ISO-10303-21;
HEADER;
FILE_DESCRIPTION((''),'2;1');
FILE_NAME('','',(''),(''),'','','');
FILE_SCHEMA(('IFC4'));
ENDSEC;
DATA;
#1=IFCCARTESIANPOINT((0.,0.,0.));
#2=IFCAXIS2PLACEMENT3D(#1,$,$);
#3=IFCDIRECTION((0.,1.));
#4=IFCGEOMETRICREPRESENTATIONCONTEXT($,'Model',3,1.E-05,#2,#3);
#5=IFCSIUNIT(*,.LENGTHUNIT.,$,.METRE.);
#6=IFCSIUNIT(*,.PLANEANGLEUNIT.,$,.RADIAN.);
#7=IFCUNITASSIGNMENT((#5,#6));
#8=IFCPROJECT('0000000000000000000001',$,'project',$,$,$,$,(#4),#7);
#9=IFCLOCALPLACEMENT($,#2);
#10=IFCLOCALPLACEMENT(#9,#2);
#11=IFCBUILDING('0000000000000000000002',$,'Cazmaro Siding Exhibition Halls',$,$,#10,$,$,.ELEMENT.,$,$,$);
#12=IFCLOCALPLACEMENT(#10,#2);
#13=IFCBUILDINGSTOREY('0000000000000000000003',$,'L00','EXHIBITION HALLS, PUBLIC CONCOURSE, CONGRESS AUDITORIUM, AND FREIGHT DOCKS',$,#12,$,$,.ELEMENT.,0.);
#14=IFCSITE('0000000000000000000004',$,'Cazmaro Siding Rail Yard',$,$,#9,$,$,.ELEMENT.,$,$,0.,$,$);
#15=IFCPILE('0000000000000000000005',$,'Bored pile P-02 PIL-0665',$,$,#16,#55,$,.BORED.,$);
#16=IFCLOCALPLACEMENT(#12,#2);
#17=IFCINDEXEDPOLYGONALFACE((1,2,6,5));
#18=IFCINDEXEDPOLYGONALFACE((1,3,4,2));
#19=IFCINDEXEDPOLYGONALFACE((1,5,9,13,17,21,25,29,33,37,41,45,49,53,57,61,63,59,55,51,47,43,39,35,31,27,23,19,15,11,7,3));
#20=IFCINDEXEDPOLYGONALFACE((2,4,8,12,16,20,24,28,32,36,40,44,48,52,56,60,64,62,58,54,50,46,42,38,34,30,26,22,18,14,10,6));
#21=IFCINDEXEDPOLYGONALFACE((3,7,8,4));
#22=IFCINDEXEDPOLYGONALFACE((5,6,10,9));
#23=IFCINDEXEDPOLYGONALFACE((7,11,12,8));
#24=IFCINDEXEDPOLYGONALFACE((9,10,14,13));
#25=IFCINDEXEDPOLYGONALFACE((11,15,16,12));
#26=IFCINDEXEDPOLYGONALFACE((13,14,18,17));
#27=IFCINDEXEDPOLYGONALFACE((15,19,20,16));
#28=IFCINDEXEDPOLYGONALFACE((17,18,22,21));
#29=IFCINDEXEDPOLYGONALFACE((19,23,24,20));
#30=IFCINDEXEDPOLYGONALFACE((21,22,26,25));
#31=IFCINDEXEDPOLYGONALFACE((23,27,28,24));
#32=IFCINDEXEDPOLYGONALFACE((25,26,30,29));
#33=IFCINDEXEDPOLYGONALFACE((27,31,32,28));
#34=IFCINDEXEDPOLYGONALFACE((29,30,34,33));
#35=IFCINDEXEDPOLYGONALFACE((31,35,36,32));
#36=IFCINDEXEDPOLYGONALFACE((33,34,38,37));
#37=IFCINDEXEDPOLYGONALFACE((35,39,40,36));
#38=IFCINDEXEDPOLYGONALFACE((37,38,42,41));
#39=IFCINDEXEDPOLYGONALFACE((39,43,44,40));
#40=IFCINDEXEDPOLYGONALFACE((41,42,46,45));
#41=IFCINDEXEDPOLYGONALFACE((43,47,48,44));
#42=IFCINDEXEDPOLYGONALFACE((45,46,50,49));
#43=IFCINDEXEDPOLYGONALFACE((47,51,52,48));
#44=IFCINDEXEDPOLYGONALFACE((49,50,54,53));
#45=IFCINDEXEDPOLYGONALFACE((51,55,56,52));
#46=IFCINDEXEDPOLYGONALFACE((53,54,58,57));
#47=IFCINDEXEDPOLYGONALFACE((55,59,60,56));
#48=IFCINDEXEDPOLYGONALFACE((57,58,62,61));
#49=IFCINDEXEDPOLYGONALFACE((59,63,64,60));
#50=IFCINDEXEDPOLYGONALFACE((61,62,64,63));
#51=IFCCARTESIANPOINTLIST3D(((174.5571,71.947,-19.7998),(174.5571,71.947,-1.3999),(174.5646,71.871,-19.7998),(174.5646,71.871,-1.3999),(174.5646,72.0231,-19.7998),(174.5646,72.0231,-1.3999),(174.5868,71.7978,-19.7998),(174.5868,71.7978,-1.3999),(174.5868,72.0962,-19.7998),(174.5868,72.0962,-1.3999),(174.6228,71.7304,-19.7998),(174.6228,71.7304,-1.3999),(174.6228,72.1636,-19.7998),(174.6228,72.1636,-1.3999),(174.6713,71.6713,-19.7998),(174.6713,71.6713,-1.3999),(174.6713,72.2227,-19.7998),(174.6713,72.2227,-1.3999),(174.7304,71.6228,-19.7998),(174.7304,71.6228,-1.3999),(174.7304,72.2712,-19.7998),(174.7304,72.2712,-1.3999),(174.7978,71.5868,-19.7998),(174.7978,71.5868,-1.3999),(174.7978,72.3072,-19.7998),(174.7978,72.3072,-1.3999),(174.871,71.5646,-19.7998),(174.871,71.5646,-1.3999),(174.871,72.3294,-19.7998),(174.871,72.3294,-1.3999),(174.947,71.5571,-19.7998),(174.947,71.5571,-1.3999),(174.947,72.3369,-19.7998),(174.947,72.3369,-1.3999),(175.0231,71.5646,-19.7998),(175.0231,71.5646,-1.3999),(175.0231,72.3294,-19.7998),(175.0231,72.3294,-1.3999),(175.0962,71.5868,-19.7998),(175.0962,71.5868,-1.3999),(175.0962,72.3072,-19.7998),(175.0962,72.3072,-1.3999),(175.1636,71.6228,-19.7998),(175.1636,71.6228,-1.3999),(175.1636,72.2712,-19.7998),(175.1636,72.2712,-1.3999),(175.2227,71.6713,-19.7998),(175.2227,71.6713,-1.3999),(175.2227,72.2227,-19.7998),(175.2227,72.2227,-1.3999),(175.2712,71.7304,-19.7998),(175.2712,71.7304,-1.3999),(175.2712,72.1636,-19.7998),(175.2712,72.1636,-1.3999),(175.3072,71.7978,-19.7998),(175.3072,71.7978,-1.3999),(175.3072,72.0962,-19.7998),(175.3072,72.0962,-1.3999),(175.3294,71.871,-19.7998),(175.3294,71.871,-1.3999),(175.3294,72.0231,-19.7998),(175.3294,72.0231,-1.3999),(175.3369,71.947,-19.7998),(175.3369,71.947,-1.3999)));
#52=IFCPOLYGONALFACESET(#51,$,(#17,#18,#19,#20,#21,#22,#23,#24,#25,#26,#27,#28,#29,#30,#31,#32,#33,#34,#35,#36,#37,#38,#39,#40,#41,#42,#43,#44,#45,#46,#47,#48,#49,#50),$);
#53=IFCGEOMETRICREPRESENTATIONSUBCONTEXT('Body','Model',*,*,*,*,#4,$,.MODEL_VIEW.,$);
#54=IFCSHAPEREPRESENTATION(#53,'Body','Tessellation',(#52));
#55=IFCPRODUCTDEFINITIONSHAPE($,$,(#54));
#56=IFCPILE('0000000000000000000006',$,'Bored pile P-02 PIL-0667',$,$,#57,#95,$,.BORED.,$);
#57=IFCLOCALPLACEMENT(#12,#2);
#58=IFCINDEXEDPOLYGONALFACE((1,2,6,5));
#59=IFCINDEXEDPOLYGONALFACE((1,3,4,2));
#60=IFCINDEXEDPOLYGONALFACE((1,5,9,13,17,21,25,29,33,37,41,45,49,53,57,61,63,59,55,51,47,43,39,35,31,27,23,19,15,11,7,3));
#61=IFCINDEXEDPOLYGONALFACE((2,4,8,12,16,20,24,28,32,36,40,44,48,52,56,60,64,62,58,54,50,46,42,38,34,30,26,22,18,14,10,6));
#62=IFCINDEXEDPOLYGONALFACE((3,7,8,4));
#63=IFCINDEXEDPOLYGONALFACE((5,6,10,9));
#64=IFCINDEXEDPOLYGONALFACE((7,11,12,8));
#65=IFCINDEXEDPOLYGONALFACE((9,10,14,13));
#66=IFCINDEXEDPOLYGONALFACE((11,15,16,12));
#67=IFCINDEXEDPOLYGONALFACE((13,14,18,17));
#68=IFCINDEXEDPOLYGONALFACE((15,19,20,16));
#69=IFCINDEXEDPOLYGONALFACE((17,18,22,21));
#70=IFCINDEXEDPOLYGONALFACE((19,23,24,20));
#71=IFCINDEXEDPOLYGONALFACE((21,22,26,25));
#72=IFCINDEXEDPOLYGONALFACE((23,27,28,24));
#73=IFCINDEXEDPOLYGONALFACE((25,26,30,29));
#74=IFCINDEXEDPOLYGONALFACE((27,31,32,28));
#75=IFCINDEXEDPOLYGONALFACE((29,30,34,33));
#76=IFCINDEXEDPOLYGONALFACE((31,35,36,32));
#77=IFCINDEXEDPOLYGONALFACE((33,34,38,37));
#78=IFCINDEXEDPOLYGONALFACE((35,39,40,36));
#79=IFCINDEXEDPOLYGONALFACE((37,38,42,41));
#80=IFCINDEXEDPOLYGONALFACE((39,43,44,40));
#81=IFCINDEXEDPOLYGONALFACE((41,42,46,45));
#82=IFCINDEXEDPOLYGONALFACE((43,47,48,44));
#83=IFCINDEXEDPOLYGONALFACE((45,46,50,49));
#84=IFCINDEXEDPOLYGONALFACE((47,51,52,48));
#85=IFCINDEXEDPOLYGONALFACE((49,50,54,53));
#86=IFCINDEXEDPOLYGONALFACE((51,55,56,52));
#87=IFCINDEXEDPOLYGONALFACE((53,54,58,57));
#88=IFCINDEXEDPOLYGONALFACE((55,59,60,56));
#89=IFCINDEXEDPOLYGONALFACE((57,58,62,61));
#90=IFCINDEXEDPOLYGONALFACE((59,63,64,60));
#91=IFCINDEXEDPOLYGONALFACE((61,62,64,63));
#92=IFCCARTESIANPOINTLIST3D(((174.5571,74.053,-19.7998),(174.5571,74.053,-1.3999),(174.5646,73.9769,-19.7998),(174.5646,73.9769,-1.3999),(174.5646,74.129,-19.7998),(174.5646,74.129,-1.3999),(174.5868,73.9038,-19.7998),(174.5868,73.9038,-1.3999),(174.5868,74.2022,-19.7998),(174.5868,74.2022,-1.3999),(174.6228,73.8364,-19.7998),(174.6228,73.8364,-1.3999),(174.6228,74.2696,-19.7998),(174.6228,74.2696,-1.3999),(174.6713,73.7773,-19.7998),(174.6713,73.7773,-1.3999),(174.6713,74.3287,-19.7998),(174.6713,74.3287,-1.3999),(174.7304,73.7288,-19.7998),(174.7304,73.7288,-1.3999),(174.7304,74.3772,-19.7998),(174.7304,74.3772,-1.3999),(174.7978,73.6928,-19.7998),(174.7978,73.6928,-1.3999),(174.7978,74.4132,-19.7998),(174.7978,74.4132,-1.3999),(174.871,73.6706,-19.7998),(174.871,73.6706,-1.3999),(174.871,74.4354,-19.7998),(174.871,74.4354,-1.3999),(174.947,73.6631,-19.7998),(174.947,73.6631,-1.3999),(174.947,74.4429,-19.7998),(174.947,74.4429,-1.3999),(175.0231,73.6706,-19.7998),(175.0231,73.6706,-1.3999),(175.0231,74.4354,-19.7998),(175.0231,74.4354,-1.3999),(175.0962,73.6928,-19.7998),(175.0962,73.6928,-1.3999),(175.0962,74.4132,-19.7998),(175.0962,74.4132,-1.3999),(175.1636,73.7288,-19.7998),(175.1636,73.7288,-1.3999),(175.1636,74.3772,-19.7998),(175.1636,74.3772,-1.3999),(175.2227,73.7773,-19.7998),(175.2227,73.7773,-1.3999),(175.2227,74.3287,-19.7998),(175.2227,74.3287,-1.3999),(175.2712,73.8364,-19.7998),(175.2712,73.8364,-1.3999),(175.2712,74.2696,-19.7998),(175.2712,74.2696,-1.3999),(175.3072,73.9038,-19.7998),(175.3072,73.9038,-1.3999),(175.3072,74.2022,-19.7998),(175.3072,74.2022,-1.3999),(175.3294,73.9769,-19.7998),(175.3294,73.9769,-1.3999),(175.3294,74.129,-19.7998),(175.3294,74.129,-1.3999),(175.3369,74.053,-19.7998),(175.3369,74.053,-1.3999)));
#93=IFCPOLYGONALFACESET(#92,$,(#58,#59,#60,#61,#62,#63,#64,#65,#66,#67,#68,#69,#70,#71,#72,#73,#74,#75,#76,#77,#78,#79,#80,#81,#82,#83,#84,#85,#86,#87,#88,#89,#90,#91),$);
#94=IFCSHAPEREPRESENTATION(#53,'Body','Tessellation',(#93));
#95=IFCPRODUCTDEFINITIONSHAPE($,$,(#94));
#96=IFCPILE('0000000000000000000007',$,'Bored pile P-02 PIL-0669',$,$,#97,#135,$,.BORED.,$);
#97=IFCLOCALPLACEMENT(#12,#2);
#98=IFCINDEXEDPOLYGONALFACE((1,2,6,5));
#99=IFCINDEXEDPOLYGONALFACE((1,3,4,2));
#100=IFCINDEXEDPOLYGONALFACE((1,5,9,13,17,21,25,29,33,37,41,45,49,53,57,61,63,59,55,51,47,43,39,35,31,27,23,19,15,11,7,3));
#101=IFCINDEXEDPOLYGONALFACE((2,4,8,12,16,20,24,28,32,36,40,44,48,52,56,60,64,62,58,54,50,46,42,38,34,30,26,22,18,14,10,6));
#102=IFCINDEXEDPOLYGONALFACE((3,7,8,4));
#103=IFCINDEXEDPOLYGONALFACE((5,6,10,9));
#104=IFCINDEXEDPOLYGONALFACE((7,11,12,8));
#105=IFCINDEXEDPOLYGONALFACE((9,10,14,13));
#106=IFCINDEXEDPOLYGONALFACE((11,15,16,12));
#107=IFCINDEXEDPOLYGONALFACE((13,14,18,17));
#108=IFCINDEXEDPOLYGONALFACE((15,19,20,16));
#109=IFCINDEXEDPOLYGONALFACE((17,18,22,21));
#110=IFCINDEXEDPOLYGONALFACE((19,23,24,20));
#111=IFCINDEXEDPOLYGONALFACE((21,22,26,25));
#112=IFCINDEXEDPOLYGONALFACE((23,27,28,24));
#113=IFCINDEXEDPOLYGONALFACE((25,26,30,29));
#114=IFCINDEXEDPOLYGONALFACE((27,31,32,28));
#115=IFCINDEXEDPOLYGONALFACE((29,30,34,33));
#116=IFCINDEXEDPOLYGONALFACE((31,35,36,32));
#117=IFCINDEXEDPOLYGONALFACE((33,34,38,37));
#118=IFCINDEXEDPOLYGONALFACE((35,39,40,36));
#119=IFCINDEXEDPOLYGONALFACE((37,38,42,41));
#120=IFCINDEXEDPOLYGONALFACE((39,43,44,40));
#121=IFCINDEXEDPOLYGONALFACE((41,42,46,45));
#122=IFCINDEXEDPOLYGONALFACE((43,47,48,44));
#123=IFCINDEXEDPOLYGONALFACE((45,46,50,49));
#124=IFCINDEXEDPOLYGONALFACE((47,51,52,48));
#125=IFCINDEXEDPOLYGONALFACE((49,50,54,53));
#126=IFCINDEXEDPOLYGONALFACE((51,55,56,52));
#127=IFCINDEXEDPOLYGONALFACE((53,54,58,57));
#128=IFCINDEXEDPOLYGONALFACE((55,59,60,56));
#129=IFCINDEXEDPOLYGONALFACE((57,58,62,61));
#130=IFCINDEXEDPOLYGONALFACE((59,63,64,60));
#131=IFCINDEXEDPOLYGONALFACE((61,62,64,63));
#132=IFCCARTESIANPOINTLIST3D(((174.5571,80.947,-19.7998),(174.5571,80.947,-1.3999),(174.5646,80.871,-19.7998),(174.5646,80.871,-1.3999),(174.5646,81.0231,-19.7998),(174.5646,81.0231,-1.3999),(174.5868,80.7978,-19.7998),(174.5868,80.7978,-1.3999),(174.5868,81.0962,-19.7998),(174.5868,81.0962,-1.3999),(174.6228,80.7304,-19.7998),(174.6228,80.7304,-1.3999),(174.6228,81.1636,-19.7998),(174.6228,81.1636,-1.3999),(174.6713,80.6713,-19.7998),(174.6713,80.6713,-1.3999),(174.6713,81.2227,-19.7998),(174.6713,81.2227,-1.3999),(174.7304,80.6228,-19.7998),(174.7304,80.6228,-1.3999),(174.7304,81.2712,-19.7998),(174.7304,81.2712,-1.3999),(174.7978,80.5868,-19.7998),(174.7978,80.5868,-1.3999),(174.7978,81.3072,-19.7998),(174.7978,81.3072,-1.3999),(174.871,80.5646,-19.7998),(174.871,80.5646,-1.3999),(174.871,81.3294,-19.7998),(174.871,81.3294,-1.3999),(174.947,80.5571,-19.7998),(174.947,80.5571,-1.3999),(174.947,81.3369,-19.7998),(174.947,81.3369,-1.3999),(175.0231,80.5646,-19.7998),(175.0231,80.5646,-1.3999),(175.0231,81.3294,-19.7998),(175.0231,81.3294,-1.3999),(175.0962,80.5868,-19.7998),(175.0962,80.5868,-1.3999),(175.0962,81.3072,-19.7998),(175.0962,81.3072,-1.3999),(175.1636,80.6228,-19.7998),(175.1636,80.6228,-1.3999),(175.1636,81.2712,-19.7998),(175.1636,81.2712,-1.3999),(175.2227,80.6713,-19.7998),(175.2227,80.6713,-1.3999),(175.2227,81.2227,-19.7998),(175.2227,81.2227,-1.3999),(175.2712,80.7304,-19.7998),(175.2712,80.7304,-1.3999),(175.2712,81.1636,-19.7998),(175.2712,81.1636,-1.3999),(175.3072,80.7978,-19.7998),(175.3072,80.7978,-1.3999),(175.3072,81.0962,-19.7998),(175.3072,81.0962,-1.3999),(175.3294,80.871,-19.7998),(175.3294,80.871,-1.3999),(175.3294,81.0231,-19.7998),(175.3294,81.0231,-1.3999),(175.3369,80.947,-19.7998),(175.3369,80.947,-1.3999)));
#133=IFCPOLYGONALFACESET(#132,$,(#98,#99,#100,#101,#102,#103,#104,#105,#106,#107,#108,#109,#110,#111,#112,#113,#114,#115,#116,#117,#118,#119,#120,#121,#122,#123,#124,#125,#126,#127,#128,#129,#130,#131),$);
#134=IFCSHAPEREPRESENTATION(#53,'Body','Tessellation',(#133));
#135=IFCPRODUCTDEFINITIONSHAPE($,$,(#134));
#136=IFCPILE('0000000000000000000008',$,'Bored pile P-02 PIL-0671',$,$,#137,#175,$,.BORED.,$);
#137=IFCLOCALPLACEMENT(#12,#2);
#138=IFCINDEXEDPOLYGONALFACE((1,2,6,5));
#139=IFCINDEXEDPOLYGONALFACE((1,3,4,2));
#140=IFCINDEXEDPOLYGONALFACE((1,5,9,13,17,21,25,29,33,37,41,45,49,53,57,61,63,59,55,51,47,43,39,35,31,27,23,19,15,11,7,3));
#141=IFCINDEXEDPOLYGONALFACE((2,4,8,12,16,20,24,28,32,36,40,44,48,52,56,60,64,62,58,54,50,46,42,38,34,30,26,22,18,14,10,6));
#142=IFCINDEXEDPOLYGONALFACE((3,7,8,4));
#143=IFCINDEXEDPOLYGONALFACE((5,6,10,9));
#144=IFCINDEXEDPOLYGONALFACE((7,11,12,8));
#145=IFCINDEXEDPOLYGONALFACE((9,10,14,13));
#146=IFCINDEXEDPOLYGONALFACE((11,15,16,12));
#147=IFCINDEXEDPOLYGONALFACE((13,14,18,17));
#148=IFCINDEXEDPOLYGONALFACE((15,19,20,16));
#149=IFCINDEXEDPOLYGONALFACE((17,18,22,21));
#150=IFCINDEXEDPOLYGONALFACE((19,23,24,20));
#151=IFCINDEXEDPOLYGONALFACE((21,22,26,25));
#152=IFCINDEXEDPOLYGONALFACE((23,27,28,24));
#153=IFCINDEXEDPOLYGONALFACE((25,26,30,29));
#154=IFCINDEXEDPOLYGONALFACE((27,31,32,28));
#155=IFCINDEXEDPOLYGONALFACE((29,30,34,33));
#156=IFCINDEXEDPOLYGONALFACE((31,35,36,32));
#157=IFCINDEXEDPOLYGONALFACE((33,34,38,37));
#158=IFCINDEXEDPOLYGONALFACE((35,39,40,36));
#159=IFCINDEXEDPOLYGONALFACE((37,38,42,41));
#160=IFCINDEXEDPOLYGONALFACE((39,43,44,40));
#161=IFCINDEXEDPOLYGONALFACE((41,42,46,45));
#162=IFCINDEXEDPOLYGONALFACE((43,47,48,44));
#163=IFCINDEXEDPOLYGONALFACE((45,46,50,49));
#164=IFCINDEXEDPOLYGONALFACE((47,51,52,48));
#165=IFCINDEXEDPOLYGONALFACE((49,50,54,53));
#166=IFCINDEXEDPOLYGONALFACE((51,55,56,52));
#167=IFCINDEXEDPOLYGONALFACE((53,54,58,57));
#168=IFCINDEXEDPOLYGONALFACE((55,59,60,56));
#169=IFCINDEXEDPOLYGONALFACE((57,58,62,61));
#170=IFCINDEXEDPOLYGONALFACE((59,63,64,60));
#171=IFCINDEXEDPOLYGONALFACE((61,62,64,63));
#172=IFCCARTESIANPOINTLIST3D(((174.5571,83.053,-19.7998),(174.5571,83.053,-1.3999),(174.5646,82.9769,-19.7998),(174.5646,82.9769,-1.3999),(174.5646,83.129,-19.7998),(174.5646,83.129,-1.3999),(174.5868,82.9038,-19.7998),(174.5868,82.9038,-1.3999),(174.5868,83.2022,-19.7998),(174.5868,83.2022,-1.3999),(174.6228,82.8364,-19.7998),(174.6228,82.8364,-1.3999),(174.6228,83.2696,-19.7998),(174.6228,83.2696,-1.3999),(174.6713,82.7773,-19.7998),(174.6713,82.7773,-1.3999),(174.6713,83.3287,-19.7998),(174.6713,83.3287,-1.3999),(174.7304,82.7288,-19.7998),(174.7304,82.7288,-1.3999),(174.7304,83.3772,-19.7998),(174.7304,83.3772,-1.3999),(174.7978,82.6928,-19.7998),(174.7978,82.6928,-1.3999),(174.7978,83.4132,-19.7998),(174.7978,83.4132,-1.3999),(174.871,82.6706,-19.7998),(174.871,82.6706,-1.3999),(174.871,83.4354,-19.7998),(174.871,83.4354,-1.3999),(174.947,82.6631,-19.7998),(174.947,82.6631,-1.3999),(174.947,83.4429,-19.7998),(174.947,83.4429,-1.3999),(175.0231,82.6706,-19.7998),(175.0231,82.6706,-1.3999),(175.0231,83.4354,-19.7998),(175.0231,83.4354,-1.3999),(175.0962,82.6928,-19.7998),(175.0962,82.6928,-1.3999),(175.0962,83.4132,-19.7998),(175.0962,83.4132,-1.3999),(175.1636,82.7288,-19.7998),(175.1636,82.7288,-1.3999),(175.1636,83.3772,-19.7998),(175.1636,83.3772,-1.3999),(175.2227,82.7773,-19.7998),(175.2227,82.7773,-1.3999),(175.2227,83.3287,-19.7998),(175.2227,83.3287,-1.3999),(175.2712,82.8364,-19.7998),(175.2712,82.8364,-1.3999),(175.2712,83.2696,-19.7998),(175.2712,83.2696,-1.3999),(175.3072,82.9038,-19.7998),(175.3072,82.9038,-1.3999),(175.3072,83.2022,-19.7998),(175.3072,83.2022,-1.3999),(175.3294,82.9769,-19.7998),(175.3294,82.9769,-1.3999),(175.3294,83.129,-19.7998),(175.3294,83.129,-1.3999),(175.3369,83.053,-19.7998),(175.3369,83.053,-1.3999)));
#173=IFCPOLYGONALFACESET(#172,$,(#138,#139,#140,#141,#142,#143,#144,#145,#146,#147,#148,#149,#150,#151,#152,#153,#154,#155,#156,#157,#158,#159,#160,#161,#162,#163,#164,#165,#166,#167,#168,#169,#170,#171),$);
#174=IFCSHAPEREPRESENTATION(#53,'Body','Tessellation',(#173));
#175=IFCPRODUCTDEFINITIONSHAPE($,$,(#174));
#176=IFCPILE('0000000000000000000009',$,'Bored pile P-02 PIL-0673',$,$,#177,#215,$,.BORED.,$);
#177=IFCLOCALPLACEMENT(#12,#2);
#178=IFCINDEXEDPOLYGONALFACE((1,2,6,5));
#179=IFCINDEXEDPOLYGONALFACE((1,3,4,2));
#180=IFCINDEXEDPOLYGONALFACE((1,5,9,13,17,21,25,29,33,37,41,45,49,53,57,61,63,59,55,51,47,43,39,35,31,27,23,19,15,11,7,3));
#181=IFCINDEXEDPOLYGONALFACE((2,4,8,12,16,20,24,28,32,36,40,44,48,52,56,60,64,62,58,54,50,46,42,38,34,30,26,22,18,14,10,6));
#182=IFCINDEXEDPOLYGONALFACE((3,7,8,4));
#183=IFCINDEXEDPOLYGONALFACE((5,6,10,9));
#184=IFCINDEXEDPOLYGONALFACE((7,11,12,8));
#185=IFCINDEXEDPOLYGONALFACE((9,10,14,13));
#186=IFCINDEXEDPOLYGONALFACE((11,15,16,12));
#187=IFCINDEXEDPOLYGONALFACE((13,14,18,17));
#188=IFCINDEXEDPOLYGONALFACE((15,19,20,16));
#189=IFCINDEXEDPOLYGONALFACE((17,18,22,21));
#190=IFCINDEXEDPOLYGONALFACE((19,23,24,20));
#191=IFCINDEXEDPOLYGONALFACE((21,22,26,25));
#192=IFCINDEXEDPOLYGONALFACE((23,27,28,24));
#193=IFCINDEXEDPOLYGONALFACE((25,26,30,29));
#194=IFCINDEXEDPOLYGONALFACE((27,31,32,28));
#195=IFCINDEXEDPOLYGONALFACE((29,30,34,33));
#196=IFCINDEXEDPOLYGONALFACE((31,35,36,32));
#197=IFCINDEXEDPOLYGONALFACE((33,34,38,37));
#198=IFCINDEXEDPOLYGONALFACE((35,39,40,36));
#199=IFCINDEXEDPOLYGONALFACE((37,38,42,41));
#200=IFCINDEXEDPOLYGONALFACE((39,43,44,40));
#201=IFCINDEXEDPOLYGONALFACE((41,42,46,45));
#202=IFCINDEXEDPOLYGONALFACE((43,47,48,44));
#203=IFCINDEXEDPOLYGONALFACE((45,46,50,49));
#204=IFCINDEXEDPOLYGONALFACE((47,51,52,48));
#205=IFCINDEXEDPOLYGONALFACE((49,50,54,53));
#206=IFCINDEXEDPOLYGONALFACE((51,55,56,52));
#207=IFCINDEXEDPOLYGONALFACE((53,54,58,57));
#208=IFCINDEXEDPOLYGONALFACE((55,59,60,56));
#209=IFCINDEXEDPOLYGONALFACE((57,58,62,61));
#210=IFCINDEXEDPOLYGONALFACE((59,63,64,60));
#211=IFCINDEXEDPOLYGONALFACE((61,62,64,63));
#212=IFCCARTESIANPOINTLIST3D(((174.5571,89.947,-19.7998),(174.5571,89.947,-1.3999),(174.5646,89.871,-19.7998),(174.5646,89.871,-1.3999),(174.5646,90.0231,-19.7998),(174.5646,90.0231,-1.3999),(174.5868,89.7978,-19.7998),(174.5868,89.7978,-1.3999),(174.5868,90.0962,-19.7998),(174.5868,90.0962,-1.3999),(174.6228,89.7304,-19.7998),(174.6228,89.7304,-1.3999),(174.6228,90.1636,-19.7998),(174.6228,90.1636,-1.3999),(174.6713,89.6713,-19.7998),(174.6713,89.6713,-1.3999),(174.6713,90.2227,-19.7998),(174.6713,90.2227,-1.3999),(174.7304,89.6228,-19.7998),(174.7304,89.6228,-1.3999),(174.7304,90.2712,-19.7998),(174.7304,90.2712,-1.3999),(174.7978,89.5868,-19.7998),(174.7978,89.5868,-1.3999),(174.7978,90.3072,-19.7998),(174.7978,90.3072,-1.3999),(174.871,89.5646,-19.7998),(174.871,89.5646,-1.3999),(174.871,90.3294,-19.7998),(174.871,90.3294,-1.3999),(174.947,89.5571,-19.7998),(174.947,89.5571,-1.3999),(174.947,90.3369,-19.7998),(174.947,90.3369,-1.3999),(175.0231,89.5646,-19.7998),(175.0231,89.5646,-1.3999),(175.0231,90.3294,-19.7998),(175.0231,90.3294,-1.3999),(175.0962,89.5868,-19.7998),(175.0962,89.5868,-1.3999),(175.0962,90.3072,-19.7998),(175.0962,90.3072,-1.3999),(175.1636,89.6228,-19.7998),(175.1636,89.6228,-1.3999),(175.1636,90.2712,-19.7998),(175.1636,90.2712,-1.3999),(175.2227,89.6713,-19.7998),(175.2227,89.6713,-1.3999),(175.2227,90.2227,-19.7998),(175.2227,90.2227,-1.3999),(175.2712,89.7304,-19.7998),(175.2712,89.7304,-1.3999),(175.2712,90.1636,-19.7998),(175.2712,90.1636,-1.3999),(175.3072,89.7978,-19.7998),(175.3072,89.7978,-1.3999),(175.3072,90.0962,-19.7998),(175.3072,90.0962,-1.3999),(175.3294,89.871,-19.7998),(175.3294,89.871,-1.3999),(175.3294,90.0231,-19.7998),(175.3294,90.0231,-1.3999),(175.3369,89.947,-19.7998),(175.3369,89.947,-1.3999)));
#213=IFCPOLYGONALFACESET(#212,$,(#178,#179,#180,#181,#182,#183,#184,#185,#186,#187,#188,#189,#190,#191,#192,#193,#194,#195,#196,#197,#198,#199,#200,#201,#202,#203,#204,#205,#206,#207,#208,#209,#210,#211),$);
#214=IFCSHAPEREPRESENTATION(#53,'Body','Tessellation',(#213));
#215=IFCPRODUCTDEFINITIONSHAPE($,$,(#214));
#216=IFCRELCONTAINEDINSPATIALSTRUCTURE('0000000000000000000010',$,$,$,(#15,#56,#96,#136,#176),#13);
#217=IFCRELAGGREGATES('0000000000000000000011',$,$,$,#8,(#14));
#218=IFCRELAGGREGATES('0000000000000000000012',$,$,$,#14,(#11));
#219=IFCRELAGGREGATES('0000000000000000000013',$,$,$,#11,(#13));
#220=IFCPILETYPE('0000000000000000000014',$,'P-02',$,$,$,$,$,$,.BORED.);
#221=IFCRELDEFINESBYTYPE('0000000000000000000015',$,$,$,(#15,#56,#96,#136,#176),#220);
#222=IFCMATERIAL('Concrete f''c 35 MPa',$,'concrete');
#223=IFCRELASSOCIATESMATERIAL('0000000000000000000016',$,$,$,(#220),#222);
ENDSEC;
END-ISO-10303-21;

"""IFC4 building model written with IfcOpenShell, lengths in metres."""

from ifc_helpers import new_model, si_unit, direction, frame, origin, origin_2d, place, context, subcontext, project, spatial, circle, extrude, material, material_profile, profile_set, type_object, element, save


model = new_model("IFC4")

# Units and contexts
model_context = context("Model", 3, precision=1e-05, world=origin(), true_north=direction((0.0, 1.0)))
body_context = subcontext(model_context, "Body", "Model", "MODEL_VIEW")
ifc_project = project(units=[si_unit("LENGTHUNIT", "METRE"), si_unit("PLANEANGLEUNIT", "RADIAN")], contexts=[model_context])

# Site, building, storey
site_placement = place(None, origin())
site = spatial("IfcSite", under=ifc_project, at=site_placement, Name="Cazmaro Siding Rail Yard", CompositionType="ELEMENT", RefElevation=0.0)
building_placement = place(site_placement, origin())
building = spatial("IfcBuilding", under=site, at=building_placement, Name="Cazmaro Siding Exhibition Halls", CompositionType="ELEMENT")
storey_placement = place(building_placement, origin())
storey = spatial("IfcBuildingStorey", under=building, at=storey_placement, Name="L00", Description="EXHIBITION HALLS, PUBLIC CONCOURSE, CONGRESS AUDITORIUM, AND FREIGHT DOCKS", CompositionType="ELEMENT", Elevation=0.0)

# Piles
ifc_material_1 = material(Name="Concrete f'c 35 MPa", Category="concrete")
ifc_material_profile_1 = material_profile(ifc_material_1, circle(Radius=0.3899, at=origin_2d()), Name="CIDH-780")
ifc_profile_set_1 = profile_set([ifc_material_profile_1], Name="Concrete f'c 35 MPa")
pile_type_1 = type_object("IfcPileType", Name="P-02", PredefinedType="BORED", material=ifc_profile_set_1)
for number, where, z_axis, x_axis, name in (
    (1, (174.947, 71.947, -1.3999), (0.0, 0.0, -1.0), (1.0, 0.0, 0.0), "Bored pile P-02 PIL-0665"),
    (2, (174.947, 74.053, -1.3999), (0.0, 0.0, -1.0), (1.0, 0.0, 0.0), "Bored pile P-02 PIL-0667"),
    (3, (174.947, 80.947, -1.3999), (0.0, 0.0, -1.0), (1.0, 0.0, 0.0), "Bored pile P-02 PIL-0669"),
    (4, (174.947, 83.053, -1.3999), (0.0, 0.0, -1.0), (1.0, 0.0, 0.0), "Bored pile P-02 PIL-0671"),
    (5, (174.947, 89.947, -1.3999), (0.0, 0.0, -1.0), (1.0, 0.0, 0.0), "Bored pile P-02 PIL-0673"),
):
    element("IfcPile", number, at=place(storey_placement, frame(where, z_axis=z_axis, x_axis=x_axis)), inside=storey, type_object=pile_type_1, Name=name, PredefinedType="BORED", context=body_context, shape_type="SweptSolid", body=[
        extrude(circle(Radius=0.3899, at=origin_2d()), origin(), (0.0, 0.0, 1.0), 18.3999),
    ])

save(model, "model.ifc")
